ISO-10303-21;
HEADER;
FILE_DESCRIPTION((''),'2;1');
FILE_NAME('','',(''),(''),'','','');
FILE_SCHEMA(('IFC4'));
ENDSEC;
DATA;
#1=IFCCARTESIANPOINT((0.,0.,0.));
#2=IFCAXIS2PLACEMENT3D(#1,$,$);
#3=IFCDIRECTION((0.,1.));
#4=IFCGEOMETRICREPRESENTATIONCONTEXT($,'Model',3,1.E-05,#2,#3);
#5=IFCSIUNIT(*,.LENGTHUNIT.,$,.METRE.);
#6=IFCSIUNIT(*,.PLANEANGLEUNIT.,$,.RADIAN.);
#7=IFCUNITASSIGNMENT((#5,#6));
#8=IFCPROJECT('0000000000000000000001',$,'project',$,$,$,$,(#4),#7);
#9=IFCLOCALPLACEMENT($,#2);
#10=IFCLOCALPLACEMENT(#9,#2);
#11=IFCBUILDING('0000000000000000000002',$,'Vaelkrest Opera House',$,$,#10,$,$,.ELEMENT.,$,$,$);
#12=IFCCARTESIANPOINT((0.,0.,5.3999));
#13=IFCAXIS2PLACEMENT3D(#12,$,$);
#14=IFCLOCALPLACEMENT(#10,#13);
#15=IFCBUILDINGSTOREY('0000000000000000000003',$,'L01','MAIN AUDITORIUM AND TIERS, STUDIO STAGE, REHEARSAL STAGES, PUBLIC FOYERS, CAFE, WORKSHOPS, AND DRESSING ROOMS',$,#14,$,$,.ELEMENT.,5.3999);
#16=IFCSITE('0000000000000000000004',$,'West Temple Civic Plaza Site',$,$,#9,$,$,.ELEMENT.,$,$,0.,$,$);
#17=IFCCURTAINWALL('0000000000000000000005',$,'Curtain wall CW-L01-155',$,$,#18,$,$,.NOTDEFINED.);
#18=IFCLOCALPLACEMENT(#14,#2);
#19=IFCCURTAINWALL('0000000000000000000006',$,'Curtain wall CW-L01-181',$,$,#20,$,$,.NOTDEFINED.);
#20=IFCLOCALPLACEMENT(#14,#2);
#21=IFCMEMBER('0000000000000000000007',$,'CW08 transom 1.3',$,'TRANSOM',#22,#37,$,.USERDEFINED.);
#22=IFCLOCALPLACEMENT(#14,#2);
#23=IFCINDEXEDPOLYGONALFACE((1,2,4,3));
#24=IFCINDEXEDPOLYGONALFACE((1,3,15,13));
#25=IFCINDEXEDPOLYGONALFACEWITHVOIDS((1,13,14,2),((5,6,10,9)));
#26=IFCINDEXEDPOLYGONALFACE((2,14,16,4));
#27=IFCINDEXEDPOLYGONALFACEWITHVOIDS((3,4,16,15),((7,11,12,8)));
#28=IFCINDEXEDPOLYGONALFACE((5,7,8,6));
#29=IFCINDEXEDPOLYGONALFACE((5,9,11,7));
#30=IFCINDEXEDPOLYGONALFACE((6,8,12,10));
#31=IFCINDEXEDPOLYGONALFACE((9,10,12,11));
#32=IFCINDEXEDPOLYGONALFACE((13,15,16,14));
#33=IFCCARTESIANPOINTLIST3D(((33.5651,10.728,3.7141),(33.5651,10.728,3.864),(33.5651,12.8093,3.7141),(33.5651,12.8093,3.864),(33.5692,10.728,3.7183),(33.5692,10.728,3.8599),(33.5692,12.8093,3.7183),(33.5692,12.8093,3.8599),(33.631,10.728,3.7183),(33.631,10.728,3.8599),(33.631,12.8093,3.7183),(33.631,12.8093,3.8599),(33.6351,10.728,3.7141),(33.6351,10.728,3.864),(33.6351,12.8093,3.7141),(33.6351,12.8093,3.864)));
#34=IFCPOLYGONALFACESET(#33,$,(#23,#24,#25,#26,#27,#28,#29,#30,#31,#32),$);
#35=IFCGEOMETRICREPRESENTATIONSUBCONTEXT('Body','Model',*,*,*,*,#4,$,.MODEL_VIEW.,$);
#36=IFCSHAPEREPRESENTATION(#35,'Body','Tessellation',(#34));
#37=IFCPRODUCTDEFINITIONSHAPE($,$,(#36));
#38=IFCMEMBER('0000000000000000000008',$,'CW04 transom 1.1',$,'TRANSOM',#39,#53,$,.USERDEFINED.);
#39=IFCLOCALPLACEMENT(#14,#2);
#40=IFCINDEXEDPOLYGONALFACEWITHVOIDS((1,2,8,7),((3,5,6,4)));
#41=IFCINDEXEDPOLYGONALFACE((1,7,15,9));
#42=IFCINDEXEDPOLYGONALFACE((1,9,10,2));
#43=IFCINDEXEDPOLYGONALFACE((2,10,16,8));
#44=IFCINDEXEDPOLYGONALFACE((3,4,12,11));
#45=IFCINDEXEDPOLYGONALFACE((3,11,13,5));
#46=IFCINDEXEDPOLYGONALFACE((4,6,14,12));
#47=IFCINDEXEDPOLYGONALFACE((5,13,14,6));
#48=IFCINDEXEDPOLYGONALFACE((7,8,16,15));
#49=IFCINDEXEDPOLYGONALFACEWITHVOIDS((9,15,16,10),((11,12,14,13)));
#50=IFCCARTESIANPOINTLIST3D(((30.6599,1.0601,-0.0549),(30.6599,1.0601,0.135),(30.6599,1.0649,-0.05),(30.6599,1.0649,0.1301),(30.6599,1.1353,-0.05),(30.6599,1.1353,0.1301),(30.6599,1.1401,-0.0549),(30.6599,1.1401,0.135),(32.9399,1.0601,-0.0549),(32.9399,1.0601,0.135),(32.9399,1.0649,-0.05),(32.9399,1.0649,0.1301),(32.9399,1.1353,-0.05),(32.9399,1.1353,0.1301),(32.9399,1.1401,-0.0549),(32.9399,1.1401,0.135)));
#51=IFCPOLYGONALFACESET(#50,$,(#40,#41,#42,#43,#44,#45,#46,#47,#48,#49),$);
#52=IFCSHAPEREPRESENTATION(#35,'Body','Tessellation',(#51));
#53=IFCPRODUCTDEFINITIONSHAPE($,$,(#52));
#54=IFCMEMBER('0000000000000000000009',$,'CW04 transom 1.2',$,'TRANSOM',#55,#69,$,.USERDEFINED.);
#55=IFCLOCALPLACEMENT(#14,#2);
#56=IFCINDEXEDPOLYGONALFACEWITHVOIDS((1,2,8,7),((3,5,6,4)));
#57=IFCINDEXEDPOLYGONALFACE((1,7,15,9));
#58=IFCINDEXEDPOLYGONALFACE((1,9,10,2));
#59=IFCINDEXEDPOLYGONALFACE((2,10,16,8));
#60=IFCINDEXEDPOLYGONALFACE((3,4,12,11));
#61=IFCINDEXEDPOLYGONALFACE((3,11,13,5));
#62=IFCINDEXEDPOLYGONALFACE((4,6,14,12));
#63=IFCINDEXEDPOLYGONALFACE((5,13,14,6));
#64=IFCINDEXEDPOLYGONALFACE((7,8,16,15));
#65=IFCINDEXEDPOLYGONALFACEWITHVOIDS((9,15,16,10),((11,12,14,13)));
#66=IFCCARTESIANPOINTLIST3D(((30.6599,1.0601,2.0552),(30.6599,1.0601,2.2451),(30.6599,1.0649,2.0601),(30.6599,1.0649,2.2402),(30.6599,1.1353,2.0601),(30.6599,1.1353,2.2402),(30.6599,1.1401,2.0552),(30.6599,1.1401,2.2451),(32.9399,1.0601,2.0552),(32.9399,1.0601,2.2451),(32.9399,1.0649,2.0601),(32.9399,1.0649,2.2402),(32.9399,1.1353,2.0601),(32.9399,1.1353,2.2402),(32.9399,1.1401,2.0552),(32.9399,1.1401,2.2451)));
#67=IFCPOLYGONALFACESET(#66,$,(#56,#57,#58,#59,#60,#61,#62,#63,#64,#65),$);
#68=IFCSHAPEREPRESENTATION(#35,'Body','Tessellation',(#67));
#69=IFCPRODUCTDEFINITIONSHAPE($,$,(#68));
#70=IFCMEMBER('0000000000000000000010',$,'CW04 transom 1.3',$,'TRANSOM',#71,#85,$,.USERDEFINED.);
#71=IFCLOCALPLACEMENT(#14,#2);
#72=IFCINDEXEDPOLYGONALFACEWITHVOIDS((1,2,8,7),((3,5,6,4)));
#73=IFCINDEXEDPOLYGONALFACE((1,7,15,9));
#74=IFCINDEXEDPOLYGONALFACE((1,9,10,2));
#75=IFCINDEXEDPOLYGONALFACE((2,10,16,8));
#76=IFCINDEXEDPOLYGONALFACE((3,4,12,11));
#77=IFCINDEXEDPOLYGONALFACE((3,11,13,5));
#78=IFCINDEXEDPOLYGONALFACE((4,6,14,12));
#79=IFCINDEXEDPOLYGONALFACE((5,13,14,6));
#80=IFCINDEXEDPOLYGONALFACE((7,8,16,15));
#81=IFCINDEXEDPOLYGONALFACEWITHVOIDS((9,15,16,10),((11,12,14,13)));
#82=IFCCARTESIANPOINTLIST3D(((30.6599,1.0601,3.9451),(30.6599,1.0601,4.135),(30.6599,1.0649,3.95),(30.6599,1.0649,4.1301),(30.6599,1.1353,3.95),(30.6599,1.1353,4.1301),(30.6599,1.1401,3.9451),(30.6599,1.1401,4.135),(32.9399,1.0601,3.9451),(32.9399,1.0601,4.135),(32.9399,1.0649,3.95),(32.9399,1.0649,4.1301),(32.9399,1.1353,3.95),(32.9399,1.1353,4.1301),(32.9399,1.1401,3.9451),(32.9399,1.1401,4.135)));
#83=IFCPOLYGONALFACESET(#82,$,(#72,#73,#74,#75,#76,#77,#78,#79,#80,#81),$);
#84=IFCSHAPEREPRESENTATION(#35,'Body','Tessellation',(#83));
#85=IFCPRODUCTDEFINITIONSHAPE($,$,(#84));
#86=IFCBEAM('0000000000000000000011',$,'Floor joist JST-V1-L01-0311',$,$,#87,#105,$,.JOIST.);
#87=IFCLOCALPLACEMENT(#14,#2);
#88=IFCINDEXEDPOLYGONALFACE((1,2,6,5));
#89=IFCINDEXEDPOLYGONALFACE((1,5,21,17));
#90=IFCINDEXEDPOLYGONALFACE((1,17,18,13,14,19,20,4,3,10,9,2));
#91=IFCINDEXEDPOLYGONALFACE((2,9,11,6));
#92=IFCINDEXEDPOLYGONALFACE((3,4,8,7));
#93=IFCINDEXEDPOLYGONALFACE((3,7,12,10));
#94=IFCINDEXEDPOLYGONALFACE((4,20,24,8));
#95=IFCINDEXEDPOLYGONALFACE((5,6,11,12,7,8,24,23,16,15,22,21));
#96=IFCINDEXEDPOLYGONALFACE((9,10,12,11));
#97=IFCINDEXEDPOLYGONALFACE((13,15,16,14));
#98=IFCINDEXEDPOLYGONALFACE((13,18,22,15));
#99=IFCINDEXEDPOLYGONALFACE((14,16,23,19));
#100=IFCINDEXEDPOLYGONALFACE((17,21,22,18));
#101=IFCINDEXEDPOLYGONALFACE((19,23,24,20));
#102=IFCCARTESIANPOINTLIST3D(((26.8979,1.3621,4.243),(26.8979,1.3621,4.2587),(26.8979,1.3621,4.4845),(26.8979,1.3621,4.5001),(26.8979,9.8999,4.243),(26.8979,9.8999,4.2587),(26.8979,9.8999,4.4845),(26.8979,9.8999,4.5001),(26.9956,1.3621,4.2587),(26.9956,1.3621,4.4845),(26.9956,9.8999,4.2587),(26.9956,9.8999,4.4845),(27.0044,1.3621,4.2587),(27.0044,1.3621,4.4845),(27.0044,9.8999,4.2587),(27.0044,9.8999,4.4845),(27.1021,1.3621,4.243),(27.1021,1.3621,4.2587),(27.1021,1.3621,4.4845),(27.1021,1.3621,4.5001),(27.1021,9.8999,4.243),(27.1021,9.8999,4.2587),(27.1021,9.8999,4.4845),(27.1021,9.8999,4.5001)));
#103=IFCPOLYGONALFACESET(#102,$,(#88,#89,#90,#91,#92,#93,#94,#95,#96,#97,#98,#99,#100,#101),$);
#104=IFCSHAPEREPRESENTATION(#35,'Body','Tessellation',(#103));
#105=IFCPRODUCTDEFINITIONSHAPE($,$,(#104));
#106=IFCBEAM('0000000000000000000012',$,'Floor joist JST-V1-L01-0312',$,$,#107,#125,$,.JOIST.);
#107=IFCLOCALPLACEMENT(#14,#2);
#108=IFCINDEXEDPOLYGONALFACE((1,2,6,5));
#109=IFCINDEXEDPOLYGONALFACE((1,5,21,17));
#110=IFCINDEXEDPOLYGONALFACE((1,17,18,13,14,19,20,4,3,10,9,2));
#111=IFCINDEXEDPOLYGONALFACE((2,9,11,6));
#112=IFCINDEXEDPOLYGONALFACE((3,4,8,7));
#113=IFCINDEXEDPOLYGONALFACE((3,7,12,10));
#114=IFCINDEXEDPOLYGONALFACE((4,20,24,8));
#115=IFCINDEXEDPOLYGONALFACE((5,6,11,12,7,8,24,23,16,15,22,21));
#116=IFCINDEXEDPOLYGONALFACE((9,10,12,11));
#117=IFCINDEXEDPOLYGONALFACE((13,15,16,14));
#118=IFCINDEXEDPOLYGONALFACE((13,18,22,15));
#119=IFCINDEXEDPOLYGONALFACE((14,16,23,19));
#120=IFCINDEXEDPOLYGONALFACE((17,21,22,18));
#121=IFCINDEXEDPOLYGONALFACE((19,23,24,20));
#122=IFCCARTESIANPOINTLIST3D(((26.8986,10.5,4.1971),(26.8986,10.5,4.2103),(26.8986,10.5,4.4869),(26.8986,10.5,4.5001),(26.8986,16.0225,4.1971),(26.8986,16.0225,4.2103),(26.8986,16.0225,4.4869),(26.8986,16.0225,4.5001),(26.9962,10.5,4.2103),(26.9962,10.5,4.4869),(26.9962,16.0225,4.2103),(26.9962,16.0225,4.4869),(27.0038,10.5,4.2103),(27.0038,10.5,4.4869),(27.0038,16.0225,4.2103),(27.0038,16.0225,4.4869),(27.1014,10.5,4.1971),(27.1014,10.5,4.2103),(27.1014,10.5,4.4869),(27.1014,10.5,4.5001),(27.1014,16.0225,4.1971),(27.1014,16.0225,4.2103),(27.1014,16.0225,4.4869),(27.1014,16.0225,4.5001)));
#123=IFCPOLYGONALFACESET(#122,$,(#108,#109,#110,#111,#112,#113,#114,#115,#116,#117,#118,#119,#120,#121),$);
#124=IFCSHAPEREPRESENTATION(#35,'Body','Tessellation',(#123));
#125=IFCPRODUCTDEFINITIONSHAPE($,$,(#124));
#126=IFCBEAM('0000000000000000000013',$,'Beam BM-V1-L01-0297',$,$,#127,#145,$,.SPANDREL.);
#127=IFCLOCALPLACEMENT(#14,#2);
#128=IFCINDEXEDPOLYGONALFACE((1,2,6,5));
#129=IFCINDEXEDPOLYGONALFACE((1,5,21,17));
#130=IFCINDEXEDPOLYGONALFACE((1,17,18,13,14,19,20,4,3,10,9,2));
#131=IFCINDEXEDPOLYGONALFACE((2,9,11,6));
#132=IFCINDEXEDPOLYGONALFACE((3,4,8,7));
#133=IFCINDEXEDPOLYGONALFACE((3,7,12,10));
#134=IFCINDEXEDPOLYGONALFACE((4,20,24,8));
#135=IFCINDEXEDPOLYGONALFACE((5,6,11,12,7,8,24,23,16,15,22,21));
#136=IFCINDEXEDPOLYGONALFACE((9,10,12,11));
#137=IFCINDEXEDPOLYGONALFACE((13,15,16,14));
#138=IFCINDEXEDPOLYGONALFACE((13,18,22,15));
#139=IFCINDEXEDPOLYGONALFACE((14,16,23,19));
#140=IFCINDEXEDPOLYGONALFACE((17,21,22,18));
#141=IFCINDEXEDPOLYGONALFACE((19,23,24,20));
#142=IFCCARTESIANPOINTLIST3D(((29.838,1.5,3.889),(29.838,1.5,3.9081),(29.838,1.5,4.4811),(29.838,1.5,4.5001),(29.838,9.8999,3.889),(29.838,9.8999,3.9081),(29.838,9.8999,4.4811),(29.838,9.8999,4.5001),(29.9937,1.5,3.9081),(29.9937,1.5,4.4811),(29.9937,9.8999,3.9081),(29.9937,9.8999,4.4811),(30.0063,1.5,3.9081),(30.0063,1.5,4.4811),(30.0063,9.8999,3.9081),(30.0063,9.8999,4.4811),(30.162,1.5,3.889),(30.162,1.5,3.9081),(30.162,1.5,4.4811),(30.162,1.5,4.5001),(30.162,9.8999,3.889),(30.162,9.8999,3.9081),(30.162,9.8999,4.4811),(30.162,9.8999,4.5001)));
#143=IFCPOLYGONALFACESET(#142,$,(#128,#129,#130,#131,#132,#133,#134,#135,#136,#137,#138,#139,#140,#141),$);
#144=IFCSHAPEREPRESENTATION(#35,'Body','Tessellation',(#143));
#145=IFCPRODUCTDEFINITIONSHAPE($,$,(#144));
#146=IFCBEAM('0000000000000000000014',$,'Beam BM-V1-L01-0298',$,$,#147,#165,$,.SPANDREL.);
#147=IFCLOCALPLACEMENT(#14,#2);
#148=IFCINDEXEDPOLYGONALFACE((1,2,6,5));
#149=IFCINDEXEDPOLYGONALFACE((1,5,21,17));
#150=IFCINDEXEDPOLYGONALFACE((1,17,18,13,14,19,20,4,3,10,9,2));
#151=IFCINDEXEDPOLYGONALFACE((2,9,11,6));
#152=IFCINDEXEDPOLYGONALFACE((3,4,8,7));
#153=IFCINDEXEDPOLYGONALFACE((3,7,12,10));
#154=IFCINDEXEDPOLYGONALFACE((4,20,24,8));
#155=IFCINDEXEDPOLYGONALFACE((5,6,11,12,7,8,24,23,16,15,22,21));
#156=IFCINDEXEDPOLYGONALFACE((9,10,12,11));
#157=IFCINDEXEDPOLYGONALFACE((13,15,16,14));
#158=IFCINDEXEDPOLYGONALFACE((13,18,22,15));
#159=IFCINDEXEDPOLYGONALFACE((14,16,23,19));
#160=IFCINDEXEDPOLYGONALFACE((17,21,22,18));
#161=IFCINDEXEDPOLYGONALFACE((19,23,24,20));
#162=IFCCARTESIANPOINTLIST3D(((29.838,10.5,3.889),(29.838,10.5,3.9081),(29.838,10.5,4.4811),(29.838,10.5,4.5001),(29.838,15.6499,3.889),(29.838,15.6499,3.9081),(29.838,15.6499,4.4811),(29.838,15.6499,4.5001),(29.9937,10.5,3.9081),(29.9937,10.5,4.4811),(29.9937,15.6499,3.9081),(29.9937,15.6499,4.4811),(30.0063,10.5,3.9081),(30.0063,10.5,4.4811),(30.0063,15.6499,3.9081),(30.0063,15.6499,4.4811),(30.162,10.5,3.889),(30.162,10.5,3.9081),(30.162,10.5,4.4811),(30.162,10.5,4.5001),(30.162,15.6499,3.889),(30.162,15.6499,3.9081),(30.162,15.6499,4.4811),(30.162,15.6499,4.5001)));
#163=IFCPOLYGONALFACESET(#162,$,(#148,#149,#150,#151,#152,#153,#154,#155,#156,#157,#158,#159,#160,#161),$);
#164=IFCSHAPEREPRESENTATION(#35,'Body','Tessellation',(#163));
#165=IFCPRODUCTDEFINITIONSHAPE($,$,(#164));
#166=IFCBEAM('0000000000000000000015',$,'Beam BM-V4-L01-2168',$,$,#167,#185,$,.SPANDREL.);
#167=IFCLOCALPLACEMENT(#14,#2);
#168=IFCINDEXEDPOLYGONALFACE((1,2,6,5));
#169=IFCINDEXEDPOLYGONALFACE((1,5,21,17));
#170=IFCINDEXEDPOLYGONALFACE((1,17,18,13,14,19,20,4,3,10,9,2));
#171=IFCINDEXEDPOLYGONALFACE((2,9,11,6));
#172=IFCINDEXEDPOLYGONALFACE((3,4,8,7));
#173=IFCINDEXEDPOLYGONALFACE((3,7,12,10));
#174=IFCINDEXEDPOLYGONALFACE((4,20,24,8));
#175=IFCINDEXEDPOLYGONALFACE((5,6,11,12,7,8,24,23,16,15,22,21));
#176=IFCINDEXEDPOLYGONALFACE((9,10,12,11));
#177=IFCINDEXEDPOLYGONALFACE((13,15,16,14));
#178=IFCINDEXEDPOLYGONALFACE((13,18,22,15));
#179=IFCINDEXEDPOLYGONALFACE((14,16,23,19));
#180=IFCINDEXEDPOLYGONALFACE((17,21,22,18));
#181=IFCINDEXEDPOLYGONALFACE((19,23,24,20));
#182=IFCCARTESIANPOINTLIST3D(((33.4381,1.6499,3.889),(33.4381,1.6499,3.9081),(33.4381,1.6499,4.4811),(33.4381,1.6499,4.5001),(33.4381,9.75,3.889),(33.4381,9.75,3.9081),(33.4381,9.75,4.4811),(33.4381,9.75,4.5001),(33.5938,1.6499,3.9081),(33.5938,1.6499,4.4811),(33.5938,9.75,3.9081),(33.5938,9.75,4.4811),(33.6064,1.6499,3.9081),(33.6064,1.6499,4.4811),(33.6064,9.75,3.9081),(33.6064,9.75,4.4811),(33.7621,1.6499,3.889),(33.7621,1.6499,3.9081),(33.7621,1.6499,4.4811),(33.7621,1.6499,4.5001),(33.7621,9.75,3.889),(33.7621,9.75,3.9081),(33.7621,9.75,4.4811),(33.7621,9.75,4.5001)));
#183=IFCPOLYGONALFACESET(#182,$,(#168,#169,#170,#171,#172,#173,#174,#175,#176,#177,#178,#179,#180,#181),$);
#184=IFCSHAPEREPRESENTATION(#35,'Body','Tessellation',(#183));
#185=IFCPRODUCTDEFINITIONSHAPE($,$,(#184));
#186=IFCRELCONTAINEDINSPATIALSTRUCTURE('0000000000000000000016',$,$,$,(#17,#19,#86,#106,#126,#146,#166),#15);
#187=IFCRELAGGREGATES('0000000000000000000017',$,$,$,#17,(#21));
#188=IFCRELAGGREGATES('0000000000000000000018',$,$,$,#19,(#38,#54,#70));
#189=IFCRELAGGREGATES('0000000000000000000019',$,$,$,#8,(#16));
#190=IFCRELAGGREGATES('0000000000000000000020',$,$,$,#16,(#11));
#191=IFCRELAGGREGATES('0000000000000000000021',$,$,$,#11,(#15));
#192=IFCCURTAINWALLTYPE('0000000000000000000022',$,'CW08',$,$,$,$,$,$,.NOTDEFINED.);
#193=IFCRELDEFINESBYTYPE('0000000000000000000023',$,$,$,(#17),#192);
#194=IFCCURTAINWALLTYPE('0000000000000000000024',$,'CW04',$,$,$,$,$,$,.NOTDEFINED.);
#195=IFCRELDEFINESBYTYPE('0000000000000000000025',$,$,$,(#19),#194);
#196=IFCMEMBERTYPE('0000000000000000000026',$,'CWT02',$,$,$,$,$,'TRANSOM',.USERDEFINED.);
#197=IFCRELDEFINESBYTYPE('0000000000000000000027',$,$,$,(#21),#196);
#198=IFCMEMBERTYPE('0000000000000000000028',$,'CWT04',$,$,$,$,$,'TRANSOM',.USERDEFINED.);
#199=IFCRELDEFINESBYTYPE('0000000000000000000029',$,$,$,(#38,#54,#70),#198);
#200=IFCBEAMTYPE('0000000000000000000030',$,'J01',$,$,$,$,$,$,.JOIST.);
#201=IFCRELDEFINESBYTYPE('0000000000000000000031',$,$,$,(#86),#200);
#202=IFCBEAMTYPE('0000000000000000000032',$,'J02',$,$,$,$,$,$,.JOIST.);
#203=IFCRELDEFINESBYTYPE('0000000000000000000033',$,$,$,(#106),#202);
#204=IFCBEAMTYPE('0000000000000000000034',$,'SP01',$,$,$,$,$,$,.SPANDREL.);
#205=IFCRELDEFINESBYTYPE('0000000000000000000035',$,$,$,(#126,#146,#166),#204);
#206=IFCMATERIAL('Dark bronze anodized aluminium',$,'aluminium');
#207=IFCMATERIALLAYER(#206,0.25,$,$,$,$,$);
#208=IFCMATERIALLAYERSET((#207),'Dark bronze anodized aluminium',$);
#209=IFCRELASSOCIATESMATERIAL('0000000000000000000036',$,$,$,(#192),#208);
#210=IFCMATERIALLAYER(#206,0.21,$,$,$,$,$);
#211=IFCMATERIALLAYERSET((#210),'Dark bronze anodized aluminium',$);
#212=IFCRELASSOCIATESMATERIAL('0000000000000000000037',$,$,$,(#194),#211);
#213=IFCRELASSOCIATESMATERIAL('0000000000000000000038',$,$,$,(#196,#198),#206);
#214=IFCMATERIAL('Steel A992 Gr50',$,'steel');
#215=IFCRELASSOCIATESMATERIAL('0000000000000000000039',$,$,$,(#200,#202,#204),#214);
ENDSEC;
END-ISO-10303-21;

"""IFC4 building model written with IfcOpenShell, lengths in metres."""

from ifc_helpers import new_model, si_unit, direction, frame, origin, origin_2d, place, context, subcontext, project, spatial, hollow_rectangle, i_section, extrude, material, layer, layer_set, material_profile, profile_set, type_object, element, aggregate, save


model = new_model("IFC4")

# Units and contexts
model_context = context("Model", 3, precision=1e-05, world=origin(), true_north=direction((0.0, 1.0)))
body_context = subcontext(model_context, "Body", "Model", "MODEL_VIEW")
ifc_project = project(units=[si_unit("LENGTHUNIT", "METRE"), si_unit("PLANEANGLEUNIT", "RADIAN")], contexts=[model_context])

# Site, building, storey
site_placement = place(None, origin())
site = spatial("IfcSite", under=ifc_project, at=site_placement, Name="West Temple Civic Plaza Site", CompositionType="ELEMENT", RefElevation=0.0)
building_placement = place(site_placement, origin())
building = spatial("IfcBuilding", under=site, at=building_placement, Name="Vaelkrest Opera House", CompositionType="ELEMENT")
storey_placement = place(building_placement, frame((0.0, 0.0, 5.3999)))
storey = spatial("IfcBuildingStorey", under=building, at=storey_placement, Name="L01", Description="MAIN AUDITORIUM AND TIERS, STUDIO STAGE, REHEARSAL STAGES, PUBLIC FOYERS, CAFE, WORKSHOPS, AND DRESSING ROOMS", CompositionType="ELEMENT", Elevation=5.3999)

# Shared definitions
ifc_material_1 = material(Name="Steel A992 Gr50", Category="steel")

# Curtain wall
ifc_material_2 = material(Name="Dark bronze anodized aluminium", Category="aluminium")
ifc_layer_1 = layer(ifc_material_2, 0.25)
ifc_layer_set_1 = layer_set([ifc_layer_1], Name="Dark bronze anodized aluminium")
curtain_wall_type_1 = type_object("IfcCurtainWallType", Name="CW08", PredefinedType="NOTDEFINED", material=ifc_layer_set_1)
curtain_wall_1_placement = place(storey_placement, origin())
curtain_wall_1 = element("IfcCurtainWall", 1, at=curtain_wall_1_placement, inside=storey, type_object=curtain_wall_type_1, Name="Curtain wall CW-L01-155", PredefinedType="NOTDEFINED")

# Curtain wall
ifc_layer_2 = layer(ifc_material_2, 0.21)
ifc_layer_set_2 = layer_set([ifc_layer_2], Name="Dark bronze anodized aluminium")
curtain_wall_type_2 = type_object("IfcCurtainWallType", Name="CW04", PredefinedType="NOTDEFINED", material=ifc_layer_set_2)
curtain_wall_2_placement = place(storey_placement, origin())
curtain_wall_2 = element("IfcCurtainWall", 2, at=curtain_wall_2_placement, inside=storey, type_object=curtain_wall_type_2, Name="Curtain wall CW-L01-181", PredefinedType="NOTDEFINED")

# Members
ifc_material_profile_1 = material_profile(ifc_material_2, hollow_rectangle(XDim=0.0701, YDim=0.1499, WallThickness=0.0042, at=origin_2d()), Name="CWT70X150")
ifc_profile_set_1 = profile_set([ifc_material_profile_1], Name="Dark bronze anodized aluminium")
member_type_1 = type_object("IfcMemberType", Name="CWT02", ElementType="TRANSOM", PredefinedType="USERDEFINED", material=ifc_profile_set_1)
member_1_placement = place(storey_placement, frame((33.6001, 10.728, 3.7891), z_axis=(0.0, 1.0, 0.0), x_axis=(-1.0, 0.0, 0.0)))
member_1 = element("IfcMember", 3, at=member_1_placement, type_object=member_type_1, Name="CW08 transom 1.3", ObjectType="TRANSOM", PredefinedType="USERDEFINED", context=body_context, shape_type="SweptSolid", body=[
    extrude(hollow_rectangle(XDim=0.0701, YDim=0.1499, WallThickness=0.0042, at=origin_2d()), origin(), (0.0, 0.0, 1.0), 2.0813),
])
aggregate(curtain_wall_1, [member_1])
ifc_material_profile_2 = material_profile(ifc_material_2, hollow_rectangle(XDim=0.0801, YDim=0.1899, WallThickness=0.0049, at=origin_2d()), Name="CWT80X190")
ifc_profile_set_2 = profile_set([ifc_material_profile_2], Name="Dark bronze anodized aluminium")
member_type_2 = type_object("IfcMemberType", Name="CWT04", ElementType="TRANSOM", PredefinedType="USERDEFINED", material=ifc_profile_set_2)
member_2_placement = place(storey_placement, frame((30.6599, 1.1001, 0.04), z_axis=(1.0, 0.0, 0.0), x_axis=(0.0, 1.0, 0.0)))
member_2 = element("IfcMember", 4, at=member_2_placement, type_object=member_type_2, Name="CW04 transom 1.1", ObjectType="TRANSOM", PredefinedType="USERDEFINED", context=body_context, shape_type="SweptSolid", body=[
    extrude(hollow_rectangle(XDim=0.0801, YDim=0.1899, WallThickness=0.0049, at=origin_2d()), origin(), (0.0, 0.0, 1.0), 2.28),
])
member_3_placement = place(storey_placement, frame((30.6599, 1.1001, 2.1501), z_axis=(1.0, 0.0, 0.0), x_axis=(0.0, 1.0, 0.0)))
member_3 = element("IfcMember", 5, at=member_3_placement, type_object=member_type_2, Name="CW04 transom 1.2", ObjectType="TRANSOM", PredefinedType="USERDEFINED", context=body_context, shape_type="SweptSolid", body=[
    extrude(hollow_rectangle(XDim=0.0801, YDim=0.1899, WallThickness=0.0049, at=origin_2d()), origin(), (0.0, 0.0, 1.0), 2.28),
])
member_4_placement = place(storey_placement, frame((30.6599, 1.1001, 4.04), z_axis=(1.0, 0.0, 0.0), x_axis=(0.0, 1.0, 0.0)))
member_4 = element("IfcMember", 6, at=member_4_placement, type_object=member_type_2, Name="CW04 transom 1.3", ObjectType="TRANSOM", PredefinedType="USERDEFINED", context=body_context, shape_type="SweptSolid", body=[
    extrude(hollow_rectangle(XDim=0.0801, YDim=0.1899, WallThickness=0.0049, at=origin_2d()), origin(), (0.0, 0.0, 1.0), 2.28),
])

# Beams
ifc_material_profile_3 = material_profile(ifc_material_1, i_section(OverallWidth=0.2041, OverallDepth=0.2571, WebThickness=0.0088, FlangeThickness=0.0156, at=origin_2d()), Name="W10X45")
ifc_profile_set_3 = profile_set([ifc_material_profile_3], Name="Steel A992 Gr50")
beam_type_1 = type_object("IfcBeamType", Name="J01", PredefinedType="JOIST", material=ifc_profile_set_3)
beam_1_placement = place(storey_placement, frame((27.0, 1.3621, 4.3716), z_axis=(0.0, 1.0, 0.0), x_axis=(-1.0, 0.0, 0.0)))
element("IfcBeam", 7, at=beam_1_placement, inside=storey, type_object=beam_type_1, Name="Floor joist JST-V1-L01-0311", PredefinedType="JOIST", context=body_context, shape_type="SweptSolid", body=[
    extrude(i_section(OverallWidth=0.2041, OverallDepth=0.2571, WebThickness=0.0088, FlangeThickness=0.0156, at=origin_2d()), origin(), (0.0, 0.0, 1.0), 8.5378),
])
ifc_material_profile_4 = material_profile(ifc_material_1, i_section(OverallWidth=0.2029, OverallDepth=0.303, WebThickness=0.0076, FlangeThickness=0.0132, at=origin_2d()), Name="W12X40")
ifc_profile_set_4 = profile_set([ifc_material_profile_4], Name="Steel A992 Gr50")
beam_type_2 = type_object("IfcBeamType", Name="J02", PredefinedType="JOIST", material=ifc_profile_set_4)
beam_2_placement = place(storey_placement, frame((27.0, 10.5, 4.3486), z_axis=(0.0, 1.0, 0.0), x_axis=(-1.0, 0.0, 0.0)))
element("IfcBeam", 8, at=beam_2_placement, inside=storey, type_object=beam_type_2, Name="Floor joist JST-V1-L01-0312", PredefinedType="JOIST", context=body_context, shape_type="SweptSolid", body=[
    extrude(i_section(OverallWidth=0.2029, OverallDepth=0.303, WebThickness=0.0076, FlangeThickness=0.0132, at=origin_2d()), origin(), (0.0, 0.0, 1.0), 5.5225),
])
ifc_material_profile_5 = material_profile(ifc_material_1, i_section(OverallWidth=0.324, OverallDepth=0.6111, WebThickness=0.0127, FlangeThickness=0.019, at=origin_2d()), Name="W24X104")
ifc_profile_set_5 = profile_set([ifc_material_profile_5], Name="Steel A992 Gr50")
beam_type_3 = type_object("IfcBeamType", Name="SP01", PredefinedType="SPANDREL", material=ifc_profile_set_5)
beam_3_placement = place(storey_placement, frame((30.0, 1.5, 4.1946), z_axis=(0.0, 1.0, 0.0), x_axis=(-1.0, 0.0, 0.0)))
element("IfcBeam", 9, at=beam_3_placement, inside=storey, type_object=beam_type_3, Name="Beam BM-V1-L01-0297", PredefinedType="SPANDREL", context=body_context, shape_type="SweptSolid", body=[
    extrude(i_section(OverallWidth=0.324, OverallDepth=0.6111, WebThickness=0.0127, FlangeThickness=0.019, at=origin_2d()), origin(), (0.0, 0.0, 1.0), 8.3999),
])
beam_4_placement = place(storey_placement, frame((30.0, 10.5, 4.1946), z_axis=(0.0, 1.0, 0.0), x_axis=(-1.0, 0.0, 0.0)))
element("IfcBeam", 10, at=beam_4_placement, inside=storey, type_object=beam_type_3, Name="Beam BM-V1-L01-0298", PredefinedType="SPANDREL", context=body_context, shape_type="SweptSolid", body=[
    extrude(i_section(OverallWidth=0.324, OverallDepth=0.6111, WebThickness=0.0127, FlangeThickness=0.019, at=origin_2d()), origin(), (0.0, 0.0, 1.0), 5.1499),
])
beam_5_placement = place(storey_placement, frame((33.6001, 1.6499, 4.1946), z_axis=(0.0, 1.0, 0.0), x_axis=(-1.0, 0.0, 0.0)))
element("IfcBeam", 11, at=beam_5_placement, inside=storey, type_object=beam_type_3, Name="Beam BM-V4-L01-2168", PredefinedType="SPANDREL", context=body_context, shape_type="SweptSolid", body=[
    extrude(i_section(OverallWidth=0.324, OverallDepth=0.6111, WebThickness=0.0127, FlangeThickness=0.019, at=origin_2d()), origin(), (0.0, 0.0, 1.0), 8.1001),
])

aggregate(curtain_wall_2, [member_2, member_3, member_4])

save(model, "model.ifc")
